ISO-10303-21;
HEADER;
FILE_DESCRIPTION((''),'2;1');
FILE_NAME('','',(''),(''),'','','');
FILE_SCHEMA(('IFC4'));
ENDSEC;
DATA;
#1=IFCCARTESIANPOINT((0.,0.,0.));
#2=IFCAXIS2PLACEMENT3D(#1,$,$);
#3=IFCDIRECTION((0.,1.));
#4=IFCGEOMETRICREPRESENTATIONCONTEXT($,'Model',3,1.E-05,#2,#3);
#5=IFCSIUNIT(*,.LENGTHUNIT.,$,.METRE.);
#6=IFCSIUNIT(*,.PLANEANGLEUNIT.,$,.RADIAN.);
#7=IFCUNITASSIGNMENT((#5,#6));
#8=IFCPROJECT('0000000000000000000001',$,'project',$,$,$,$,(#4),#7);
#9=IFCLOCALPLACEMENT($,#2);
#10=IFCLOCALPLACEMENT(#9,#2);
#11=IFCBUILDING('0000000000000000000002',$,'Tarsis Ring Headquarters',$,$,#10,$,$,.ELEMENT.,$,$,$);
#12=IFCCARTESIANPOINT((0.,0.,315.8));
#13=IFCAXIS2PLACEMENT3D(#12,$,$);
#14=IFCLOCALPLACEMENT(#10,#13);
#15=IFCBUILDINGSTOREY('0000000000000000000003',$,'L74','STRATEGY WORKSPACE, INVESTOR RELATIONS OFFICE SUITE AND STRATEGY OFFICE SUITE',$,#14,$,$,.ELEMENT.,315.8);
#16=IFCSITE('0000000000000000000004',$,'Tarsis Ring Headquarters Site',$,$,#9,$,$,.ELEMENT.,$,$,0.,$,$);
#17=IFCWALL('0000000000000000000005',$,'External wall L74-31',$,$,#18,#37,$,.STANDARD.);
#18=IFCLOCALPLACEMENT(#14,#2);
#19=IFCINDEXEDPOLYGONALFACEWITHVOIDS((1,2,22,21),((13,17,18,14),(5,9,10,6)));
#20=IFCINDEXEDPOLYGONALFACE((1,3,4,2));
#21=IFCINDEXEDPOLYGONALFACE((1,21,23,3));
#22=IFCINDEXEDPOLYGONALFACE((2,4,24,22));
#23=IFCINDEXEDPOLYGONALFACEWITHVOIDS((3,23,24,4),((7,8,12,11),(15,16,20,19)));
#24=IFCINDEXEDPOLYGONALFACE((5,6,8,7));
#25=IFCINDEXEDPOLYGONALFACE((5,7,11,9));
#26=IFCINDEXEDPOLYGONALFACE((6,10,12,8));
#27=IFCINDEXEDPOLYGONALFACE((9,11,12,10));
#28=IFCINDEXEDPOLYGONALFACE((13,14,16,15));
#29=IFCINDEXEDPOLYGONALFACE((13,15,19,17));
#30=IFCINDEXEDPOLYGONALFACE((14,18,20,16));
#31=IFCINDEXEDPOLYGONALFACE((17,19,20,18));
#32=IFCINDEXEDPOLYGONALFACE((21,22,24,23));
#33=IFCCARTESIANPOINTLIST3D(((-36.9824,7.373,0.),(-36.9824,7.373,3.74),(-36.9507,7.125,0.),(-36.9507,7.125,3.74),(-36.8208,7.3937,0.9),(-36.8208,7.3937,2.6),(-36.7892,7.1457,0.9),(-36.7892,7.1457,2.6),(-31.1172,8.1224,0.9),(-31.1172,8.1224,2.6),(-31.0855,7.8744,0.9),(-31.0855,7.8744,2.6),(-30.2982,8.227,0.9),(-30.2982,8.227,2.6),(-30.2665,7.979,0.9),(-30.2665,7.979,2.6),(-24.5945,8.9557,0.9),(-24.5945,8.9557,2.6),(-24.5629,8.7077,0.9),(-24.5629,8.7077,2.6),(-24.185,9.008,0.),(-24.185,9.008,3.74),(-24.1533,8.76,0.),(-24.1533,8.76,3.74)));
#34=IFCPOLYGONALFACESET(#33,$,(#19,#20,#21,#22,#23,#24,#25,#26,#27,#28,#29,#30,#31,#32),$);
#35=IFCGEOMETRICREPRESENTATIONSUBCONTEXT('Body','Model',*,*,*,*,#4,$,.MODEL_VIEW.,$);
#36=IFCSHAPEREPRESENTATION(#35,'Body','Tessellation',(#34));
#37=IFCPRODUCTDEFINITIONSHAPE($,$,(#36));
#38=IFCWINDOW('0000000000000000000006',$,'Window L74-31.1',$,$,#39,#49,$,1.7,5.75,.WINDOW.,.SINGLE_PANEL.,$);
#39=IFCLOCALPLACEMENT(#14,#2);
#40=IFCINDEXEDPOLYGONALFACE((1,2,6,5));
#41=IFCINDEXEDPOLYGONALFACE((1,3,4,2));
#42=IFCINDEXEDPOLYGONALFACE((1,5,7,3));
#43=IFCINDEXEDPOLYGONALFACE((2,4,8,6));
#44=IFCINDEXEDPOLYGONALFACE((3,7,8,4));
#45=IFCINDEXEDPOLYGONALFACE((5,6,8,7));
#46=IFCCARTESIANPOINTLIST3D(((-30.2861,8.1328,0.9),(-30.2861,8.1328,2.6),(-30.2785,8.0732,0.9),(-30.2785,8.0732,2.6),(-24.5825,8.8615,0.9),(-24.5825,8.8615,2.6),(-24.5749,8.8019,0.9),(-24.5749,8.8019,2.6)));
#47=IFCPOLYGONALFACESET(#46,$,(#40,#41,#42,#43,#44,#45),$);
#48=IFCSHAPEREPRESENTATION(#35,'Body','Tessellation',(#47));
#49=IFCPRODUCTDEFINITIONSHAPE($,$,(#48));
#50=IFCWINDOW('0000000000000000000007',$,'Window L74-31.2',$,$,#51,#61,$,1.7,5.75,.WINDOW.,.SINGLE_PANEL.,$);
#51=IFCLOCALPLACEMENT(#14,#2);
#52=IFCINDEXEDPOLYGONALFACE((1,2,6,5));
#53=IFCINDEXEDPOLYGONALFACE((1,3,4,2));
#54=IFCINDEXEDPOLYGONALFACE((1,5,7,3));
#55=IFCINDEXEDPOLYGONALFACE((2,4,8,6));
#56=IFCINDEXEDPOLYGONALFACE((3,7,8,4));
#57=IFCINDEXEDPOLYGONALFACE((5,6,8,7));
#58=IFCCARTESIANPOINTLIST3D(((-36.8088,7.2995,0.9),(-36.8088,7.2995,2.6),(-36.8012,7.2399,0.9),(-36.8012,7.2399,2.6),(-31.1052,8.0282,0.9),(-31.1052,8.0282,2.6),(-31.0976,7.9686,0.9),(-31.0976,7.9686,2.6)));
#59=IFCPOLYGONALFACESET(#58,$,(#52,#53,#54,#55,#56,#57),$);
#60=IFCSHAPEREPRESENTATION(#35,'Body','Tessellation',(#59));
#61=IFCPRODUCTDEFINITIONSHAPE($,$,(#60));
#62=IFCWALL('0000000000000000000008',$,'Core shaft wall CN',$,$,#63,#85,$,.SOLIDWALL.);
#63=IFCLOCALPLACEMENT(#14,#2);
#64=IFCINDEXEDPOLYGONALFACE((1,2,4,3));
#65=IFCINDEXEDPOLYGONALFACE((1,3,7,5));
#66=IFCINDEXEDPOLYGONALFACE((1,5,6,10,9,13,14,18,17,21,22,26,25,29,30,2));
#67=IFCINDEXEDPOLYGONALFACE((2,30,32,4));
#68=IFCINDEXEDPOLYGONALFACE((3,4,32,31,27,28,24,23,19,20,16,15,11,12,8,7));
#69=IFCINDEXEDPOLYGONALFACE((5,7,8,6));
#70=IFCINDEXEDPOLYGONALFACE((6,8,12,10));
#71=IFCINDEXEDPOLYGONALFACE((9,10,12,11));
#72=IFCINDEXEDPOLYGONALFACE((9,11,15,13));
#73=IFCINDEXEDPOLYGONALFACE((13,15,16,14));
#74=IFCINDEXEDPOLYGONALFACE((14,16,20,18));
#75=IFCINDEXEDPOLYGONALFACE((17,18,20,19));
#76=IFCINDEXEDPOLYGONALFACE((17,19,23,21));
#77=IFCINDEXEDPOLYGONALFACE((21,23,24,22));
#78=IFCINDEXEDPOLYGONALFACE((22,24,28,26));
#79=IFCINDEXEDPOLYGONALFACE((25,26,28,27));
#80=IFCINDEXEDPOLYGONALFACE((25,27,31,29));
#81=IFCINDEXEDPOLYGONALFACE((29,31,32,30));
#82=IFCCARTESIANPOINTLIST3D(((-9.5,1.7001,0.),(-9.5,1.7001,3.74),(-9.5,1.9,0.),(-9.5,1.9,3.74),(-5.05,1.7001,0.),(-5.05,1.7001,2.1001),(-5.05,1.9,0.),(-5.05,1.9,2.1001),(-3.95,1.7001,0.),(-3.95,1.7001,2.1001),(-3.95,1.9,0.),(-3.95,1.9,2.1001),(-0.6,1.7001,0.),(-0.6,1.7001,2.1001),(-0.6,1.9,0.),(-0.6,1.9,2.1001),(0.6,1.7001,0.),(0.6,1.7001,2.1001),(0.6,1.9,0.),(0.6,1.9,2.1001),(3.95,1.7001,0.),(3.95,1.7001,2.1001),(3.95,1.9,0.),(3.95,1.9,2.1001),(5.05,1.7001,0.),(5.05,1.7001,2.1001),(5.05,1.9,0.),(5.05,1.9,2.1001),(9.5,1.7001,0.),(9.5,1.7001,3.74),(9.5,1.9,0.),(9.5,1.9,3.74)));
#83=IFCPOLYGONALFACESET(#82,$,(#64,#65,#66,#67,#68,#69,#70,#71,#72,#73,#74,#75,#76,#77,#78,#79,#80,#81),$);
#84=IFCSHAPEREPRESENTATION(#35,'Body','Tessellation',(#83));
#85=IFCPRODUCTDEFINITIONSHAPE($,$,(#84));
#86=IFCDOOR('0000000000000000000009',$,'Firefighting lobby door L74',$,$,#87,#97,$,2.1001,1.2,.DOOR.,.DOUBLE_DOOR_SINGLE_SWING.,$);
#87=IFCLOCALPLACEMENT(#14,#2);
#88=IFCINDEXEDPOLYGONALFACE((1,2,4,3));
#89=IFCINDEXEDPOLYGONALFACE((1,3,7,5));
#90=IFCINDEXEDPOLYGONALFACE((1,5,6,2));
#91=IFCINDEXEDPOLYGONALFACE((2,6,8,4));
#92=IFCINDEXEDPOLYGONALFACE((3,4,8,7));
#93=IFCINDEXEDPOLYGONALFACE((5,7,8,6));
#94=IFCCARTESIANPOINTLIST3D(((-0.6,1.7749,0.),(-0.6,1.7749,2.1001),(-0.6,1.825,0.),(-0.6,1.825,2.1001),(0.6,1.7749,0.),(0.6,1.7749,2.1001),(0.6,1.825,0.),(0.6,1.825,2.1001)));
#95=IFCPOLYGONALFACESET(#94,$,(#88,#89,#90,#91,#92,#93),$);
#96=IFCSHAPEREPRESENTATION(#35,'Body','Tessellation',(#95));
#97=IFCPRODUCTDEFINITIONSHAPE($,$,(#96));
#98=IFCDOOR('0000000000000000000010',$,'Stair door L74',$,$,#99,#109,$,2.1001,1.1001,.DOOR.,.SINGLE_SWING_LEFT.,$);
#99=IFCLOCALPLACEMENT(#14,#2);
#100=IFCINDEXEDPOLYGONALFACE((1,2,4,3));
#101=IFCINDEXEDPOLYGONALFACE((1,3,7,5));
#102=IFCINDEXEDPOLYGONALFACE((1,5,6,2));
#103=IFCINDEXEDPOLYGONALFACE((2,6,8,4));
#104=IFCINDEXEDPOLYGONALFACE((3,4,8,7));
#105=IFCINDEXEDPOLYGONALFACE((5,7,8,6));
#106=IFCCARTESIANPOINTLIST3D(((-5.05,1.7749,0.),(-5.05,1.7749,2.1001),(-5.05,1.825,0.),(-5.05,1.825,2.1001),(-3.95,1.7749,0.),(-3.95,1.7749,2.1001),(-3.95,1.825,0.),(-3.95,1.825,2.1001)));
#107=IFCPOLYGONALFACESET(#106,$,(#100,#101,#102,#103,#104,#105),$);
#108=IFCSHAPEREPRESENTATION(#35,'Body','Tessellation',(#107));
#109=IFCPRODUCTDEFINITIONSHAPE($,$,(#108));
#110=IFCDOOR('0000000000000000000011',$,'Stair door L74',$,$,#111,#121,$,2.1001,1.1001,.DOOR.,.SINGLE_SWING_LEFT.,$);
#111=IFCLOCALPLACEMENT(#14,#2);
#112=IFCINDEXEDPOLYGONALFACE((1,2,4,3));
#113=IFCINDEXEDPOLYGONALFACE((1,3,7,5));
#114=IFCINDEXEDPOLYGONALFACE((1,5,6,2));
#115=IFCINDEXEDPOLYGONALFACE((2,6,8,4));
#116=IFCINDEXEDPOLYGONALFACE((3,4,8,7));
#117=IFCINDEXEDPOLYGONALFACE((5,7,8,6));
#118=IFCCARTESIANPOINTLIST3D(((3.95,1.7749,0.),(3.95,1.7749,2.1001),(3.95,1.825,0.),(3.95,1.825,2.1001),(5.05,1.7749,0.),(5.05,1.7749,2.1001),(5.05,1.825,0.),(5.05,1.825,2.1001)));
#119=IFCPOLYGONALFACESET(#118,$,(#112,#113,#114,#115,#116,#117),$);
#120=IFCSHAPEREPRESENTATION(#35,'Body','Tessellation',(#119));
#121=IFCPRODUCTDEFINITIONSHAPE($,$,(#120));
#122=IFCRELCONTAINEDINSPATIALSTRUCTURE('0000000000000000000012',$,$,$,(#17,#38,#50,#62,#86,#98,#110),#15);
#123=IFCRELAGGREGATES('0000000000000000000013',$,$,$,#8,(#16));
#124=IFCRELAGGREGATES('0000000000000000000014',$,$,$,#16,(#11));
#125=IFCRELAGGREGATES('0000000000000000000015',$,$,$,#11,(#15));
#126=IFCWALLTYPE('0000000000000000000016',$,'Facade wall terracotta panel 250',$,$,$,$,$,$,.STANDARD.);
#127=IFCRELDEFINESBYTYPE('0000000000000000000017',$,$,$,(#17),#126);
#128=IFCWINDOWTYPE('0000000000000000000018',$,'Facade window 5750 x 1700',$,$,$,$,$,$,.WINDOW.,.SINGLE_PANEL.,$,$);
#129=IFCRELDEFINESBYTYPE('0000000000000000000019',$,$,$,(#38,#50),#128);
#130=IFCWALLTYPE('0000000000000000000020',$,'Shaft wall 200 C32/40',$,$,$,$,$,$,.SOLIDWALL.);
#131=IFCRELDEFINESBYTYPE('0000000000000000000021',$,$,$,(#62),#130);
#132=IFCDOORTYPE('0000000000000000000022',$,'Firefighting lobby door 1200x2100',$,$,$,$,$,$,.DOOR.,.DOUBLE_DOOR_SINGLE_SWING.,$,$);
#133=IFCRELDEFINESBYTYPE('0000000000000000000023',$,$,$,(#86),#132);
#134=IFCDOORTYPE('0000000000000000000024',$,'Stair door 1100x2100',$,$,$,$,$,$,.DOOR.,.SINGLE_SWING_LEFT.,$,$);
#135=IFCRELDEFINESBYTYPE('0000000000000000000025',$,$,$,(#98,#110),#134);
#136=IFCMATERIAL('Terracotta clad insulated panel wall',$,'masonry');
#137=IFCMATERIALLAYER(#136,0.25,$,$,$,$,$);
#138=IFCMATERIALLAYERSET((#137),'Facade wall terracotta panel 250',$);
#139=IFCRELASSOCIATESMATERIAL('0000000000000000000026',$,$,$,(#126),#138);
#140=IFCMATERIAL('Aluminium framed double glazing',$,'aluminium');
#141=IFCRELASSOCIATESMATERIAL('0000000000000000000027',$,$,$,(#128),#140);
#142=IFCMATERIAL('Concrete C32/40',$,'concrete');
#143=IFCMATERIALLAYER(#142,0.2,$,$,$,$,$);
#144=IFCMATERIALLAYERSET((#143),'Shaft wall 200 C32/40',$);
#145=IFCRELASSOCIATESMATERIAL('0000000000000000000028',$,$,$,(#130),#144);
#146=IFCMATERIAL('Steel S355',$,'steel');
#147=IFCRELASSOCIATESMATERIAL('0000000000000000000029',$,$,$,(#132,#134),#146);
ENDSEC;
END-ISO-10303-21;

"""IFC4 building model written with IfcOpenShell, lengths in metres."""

from ifc_helpers import new_model, si_unit, direction, frame, frame_2d, origin, place, context, subcontext, project, spatial, rectangle, extrude, material, layer, layer_set, type_object, element, fill, save


model = new_model("IFC4")

# Units and contexts
model_context = context("Model", 3, precision=1e-05, world=origin(), true_north=direction((0.0, 1.0)))
body_context = subcontext(model_context, "Body", "Model", "MODEL_VIEW")
ifc_project = project(units=[si_unit("LENGTHUNIT", "METRE"), si_unit("PLANEANGLEUNIT", "RADIAN")], contexts=[model_context])

# Site, building, storey
site_placement = place(None, origin())
site = spatial("IfcSite", under=ifc_project, at=site_placement, Name="Tarsis Ring Headquarters Site", CompositionType="ELEMENT", RefElevation=0.0)
building_placement = place(site_placement, origin())
building = spatial("IfcBuilding", under=site, at=building_placement, Name="Tarsis Ring Headquarters", CompositionType="ELEMENT")
storey_placement = place(building_placement, frame((0.0, 0.0, 315.8)))
storey = spatial("IfcBuildingStorey", under=building, at=storey_placement, Name="L74", Description="STRATEGY WORKSPACE, INVESTOR RELATIONS OFFICE SUITE AND STRATEGY OFFICE SUITE", CompositionType="ELEMENT", Elevation=315.8)

# Shared definitions
ifc_material_1 = material(Name="Terracotta clad insulated panel wall", Category="masonry")
ifc_layer_1 = layer(ifc_material_1, 0.25)
ifc_layer_set_1 = layer_set([ifc_layer_1], Name="Facade wall terracotta panel 250")
wall_type_1 = type_object("IfcWallType", Name="Facade wall terracotta panel 250", PredefinedType="STANDARD", material=ifc_layer_set_1)
ifc_material_2 = material(Name="Aluminium framed double glazing", Category="aluminium")

# Wall, openings, windows
wall_1_placement = place(storey_placement, frame((-24.1692, 8.884, 0.0), z_axis=(0.0, 0.0, 1.0), x_axis=(-0.991937, -0.126731, 0.0)))
wall_1 = element("IfcWall", 1, at=wall_1_placement, inside=storey, type_object=wall_type_1, Name="External wall L74-31", PredefinedType="STANDARD", context=body_context, shape_type="SweptSolid", body=[
    extrude(rectangle(XDim=12.9014, YDim=0.25, at=frame_2d((6.4507, 0.0))), origin(), (0.0, 0.0, 1.0), 3.74),
])
opening_1_placement = place(wall_1_placement, frame((0.4128, 0.0, 0.8999)))
opening_1 = element("IfcOpeningElement", 2, at=opening_1_placement, cuts=wall_1, PredefinedType="OPENING", context=body_context, shape_type="SweptSolid", body=[
    extrude(rectangle(XDim=5.75, YDim=1.7, at=frame_2d((2.875, 0.8501))), frame((0.0, 0.135, 0.0), z_axis=(0.0, -1.0, 0.0), x_axis=(1.0, 0.0, 0.0)), (0.0, 0.0, 1.0), 0.27),
])
opening_2_placement = place(wall_1_placement, frame((6.9885, 0.0, 0.8999)))
opening_2 = element("IfcOpeningElement", 3, at=opening_2_placement, cuts=wall_1, PredefinedType="OPENING", context=body_context, shape_type="SweptSolid", body=[
    extrude(rectangle(XDim=5.75, YDim=1.7, at=frame_2d((2.875, 0.8501))), frame((0.0, 0.135, 0.0), z_axis=(0.0, -1.0, 0.0), x_axis=(1.0, 0.0, 0.0)), (0.0, 0.0, 1.0), 0.27),
])
window_type_1 = type_object("IfcWindowType", Name="Facade window 5750 x 1700", PartitioningType="SINGLE_PANEL", PredefinedType="WINDOW", material=ifc_material_2)
window_1_placement = place(opening_1_placement, origin())
window_1 = element("IfcWindow", 4, at=window_1_placement, inside=storey, type_object=window_type_1, Name="Window L74-31.1", OverallHeight=1.7, OverallWidth=5.75, PartitioningType="SINGLE_PANEL", PredefinedType="WINDOW", context=body_context, shape_type="SweptSolid", body=[
    extrude(rectangle(XDim=5.75, YDim=1.7, at=frame_2d((2.875, 0.8501))), frame((0.0, 0.03, 0.0), z_axis=(0.0, -1.0, 0.0), x_axis=(1.0, 0.0, 0.0)), (0.0, 0.0, 1.0), 0.0601),
])
fill(opening_1, window_1)
window_2_placement = place(opening_2_placement, origin())
window_2 = element("IfcWindow", 5, at=window_2_placement, inside=storey, type_object=window_type_1, Name="Window L74-31.2", OverallHeight=1.7, OverallWidth=5.75, PartitioningType="SINGLE_PANEL", PredefinedType="WINDOW", context=body_context, shape_type="SweptSolid", body=[
    extrude(rectangle(XDim=5.75, YDim=1.7, at=frame_2d((2.875, 0.8501))), frame((0.0, 0.03, 0.0), z_axis=(0.0, -1.0, 0.0), x_axis=(1.0, 0.0, 0.0)), (0.0, 0.0, 1.0), 0.0601),
])
fill(opening_2, window_2)

# Wall, openings, doors
ifc_material_3 = material(Name="Concrete C32/40", Category="concrete")
ifc_layer_2 = layer(ifc_material_3, 0.2)
ifc_layer_set_2 = layer_set([ifc_layer_2], Name="Shaft wall 200 C32/40")
wall_type_2 = type_object("IfcWallType", Name="Shaft wall 200 C32/40", PredefinedType="SOLIDWALL", material=ifc_layer_set_2)
wall_2_placement = place(storey_placement, frame((-9.5, 1.8, 0.0), z_axis=(0.0, 0.0, 1.0), x_axis=(1.0, 0.0, 0.0)))
wall_2 = element("IfcWall", 6, at=wall_2_placement, inside=storey, type_object=wall_type_2, Name="Core shaft wall CN", PredefinedType="SOLIDWALL", context=body_context, shape_type="SweptSolid", body=[
    extrude(rectangle(XDim=19.0, YDim=0.2, at=frame_2d((9.5, 0.0))), origin(), (0.0, 0.0, 1.0), 3.74),
])
opening_3_placement = place(wall_2_placement, frame((4.45, 0.0, 0.0)))
opening_3 = element("IfcOpeningElement", 7, at=opening_3_placement, cuts=wall_2, PredefinedType="OPENING", context=body_context, shape_type="SweptSolid", body=[
    extrude(rectangle(XDim=1.1001, YDim=2.1001, at=frame_2d((0.55, 1.05))), frame((0.0, 0.1099, 0.0), z_axis=(0.0, -1.0, 0.0), x_axis=(1.0, 0.0, 0.0)), (0.0, 0.0, 1.0), 0.22),
])
opening_4_placement = place(wall_2_placement, frame((8.8999, 0.0, 0.0)))
opening_4 = element("IfcOpeningElement", 8, at=opening_4_placement, cuts=wall_2, PredefinedType="OPENING", context=body_context, shape_type="SweptSolid", body=[
    extrude(rectangle(XDim=1.2, YDim=2.1001, at=frame_2d((0.6001, 1.05))), frame((0.0, 0.1099, 0.0), z_axis=(0.0, -1.0, 0.0), x_axis=(1.0, 0.0, 0.0)), (0.0, 0.0, 1.0), 0.22),
])
opening_5_placement = place(wall_2_placement, frame((13.45, 0.0, 0.0)))
opening_5 = element("IfcOpeningElement", 9, at=opening_5_placement, cuts=wall_2, PredefinedType="OPENING", context=body_context, shape_type="SweptSolid", body=[
    extrude(rectangle(XDim=1.1001, YDim=2.1001, at=frame_2d((0.55, 1.05))), frame((0.0, 0.1099, 0.0), z_axis=(0.0, -1.0, 0.0), x_axis=(1.0, 0.0, 0.0)), (0.0, 0.0, 1.0), 0.22),
])
ifc_material_4 = material(Name="Steel S355", Category="steel")
door_type_1 = type_object("IfcDoorType", Name="Firefighting lobby door 1200x2100", OperationType="DOUBLE_DOOR_SINGLE_SWING", PredefinedType="DOOR", material=ifc_material_4)
door_1_placement = place(opening_4_placement, origin())
door_1 = element("IfcDoor", 10, at=door_1_placement, inside=storey, type_object=door_type_1, Name="Firefighting lobby door L74", OperationType="DOUBLE_DOOR_SINGLE_SWING", OverallHeight=2.1001, OverallWidth=1.2, PredefinedType="DOOR", context=body_context, shape_type="SweptSolid", body=[
    extrude(rectangle(XDim=1.2, YDim=2.1001, at=frame_2d((0.6001, 1.05))), frame((0.0, 0.0249, 0.0), z_axis=(0.0, -1.0, 0.0), x_axis=(1.0, 0.0, 0.0)), (0.0, 0.0, 1.0), 0.05),
])
fill(opening_4, door_1)
door_type_2 = type_object("IfcDoorType", Name="Stair door 1100x2100", OperationType="SINGLE_SWING_LEFT", PredefinedType="DOOR", material=ifc_material_4)
door_2_placement = place(opening_3_placement, origin())
door_2 = element("IfcDoor", 11, at=door_2_placement, inside=storey, type_object=door_type_2, Name="Stair door L74", OperationType="SINGLE_SWING_LEFT", OverallHeight=2.1001, OverallWidth=1.1001, PredefinedType="DOOR", context=body_context, shape_type="SweptSolid", body=[
    extrude(rectangle(XDim=1.1001, YDim=2.1001, at=frame_2d((0.55, 1.05))), frame((0.0, 0.0249, 0.0), z_axis=(0.0, -1.0, 0.0), x_axis=(1.0, 0.0, 0.0)), (0.0, 0.0, 1.0), 0.05),
])
fill(opening_3, door_2)
door_3_placement = place(opening_5_placement, origin())
door_3 = element("IfcDoor", 12, at=door_3_placement, inside=storey, type_object=door_type_2, Name="Stair door L74", OperationType="SINGLE_SWING_LEFT", OverallHeight=2.1001, OverallWidth=1.1001, PredefinedType="DOOR", context=body_context, shape_type="SweptSolid", body=[
    extrude(rectangle(XDim=1.1001, YDim=2.1001, at=frame_2d((0.55, 1.05))), frame((0.0, 0.0249, 0.0), z_axis=(0.0, -1.0, 0.0), x_axis=(1.0, 0.0, 0.0)), (0.0, 0.0, 1.0), 0.05),
])
fill(opening_5, door_3)

save(model, "model.ifc")
